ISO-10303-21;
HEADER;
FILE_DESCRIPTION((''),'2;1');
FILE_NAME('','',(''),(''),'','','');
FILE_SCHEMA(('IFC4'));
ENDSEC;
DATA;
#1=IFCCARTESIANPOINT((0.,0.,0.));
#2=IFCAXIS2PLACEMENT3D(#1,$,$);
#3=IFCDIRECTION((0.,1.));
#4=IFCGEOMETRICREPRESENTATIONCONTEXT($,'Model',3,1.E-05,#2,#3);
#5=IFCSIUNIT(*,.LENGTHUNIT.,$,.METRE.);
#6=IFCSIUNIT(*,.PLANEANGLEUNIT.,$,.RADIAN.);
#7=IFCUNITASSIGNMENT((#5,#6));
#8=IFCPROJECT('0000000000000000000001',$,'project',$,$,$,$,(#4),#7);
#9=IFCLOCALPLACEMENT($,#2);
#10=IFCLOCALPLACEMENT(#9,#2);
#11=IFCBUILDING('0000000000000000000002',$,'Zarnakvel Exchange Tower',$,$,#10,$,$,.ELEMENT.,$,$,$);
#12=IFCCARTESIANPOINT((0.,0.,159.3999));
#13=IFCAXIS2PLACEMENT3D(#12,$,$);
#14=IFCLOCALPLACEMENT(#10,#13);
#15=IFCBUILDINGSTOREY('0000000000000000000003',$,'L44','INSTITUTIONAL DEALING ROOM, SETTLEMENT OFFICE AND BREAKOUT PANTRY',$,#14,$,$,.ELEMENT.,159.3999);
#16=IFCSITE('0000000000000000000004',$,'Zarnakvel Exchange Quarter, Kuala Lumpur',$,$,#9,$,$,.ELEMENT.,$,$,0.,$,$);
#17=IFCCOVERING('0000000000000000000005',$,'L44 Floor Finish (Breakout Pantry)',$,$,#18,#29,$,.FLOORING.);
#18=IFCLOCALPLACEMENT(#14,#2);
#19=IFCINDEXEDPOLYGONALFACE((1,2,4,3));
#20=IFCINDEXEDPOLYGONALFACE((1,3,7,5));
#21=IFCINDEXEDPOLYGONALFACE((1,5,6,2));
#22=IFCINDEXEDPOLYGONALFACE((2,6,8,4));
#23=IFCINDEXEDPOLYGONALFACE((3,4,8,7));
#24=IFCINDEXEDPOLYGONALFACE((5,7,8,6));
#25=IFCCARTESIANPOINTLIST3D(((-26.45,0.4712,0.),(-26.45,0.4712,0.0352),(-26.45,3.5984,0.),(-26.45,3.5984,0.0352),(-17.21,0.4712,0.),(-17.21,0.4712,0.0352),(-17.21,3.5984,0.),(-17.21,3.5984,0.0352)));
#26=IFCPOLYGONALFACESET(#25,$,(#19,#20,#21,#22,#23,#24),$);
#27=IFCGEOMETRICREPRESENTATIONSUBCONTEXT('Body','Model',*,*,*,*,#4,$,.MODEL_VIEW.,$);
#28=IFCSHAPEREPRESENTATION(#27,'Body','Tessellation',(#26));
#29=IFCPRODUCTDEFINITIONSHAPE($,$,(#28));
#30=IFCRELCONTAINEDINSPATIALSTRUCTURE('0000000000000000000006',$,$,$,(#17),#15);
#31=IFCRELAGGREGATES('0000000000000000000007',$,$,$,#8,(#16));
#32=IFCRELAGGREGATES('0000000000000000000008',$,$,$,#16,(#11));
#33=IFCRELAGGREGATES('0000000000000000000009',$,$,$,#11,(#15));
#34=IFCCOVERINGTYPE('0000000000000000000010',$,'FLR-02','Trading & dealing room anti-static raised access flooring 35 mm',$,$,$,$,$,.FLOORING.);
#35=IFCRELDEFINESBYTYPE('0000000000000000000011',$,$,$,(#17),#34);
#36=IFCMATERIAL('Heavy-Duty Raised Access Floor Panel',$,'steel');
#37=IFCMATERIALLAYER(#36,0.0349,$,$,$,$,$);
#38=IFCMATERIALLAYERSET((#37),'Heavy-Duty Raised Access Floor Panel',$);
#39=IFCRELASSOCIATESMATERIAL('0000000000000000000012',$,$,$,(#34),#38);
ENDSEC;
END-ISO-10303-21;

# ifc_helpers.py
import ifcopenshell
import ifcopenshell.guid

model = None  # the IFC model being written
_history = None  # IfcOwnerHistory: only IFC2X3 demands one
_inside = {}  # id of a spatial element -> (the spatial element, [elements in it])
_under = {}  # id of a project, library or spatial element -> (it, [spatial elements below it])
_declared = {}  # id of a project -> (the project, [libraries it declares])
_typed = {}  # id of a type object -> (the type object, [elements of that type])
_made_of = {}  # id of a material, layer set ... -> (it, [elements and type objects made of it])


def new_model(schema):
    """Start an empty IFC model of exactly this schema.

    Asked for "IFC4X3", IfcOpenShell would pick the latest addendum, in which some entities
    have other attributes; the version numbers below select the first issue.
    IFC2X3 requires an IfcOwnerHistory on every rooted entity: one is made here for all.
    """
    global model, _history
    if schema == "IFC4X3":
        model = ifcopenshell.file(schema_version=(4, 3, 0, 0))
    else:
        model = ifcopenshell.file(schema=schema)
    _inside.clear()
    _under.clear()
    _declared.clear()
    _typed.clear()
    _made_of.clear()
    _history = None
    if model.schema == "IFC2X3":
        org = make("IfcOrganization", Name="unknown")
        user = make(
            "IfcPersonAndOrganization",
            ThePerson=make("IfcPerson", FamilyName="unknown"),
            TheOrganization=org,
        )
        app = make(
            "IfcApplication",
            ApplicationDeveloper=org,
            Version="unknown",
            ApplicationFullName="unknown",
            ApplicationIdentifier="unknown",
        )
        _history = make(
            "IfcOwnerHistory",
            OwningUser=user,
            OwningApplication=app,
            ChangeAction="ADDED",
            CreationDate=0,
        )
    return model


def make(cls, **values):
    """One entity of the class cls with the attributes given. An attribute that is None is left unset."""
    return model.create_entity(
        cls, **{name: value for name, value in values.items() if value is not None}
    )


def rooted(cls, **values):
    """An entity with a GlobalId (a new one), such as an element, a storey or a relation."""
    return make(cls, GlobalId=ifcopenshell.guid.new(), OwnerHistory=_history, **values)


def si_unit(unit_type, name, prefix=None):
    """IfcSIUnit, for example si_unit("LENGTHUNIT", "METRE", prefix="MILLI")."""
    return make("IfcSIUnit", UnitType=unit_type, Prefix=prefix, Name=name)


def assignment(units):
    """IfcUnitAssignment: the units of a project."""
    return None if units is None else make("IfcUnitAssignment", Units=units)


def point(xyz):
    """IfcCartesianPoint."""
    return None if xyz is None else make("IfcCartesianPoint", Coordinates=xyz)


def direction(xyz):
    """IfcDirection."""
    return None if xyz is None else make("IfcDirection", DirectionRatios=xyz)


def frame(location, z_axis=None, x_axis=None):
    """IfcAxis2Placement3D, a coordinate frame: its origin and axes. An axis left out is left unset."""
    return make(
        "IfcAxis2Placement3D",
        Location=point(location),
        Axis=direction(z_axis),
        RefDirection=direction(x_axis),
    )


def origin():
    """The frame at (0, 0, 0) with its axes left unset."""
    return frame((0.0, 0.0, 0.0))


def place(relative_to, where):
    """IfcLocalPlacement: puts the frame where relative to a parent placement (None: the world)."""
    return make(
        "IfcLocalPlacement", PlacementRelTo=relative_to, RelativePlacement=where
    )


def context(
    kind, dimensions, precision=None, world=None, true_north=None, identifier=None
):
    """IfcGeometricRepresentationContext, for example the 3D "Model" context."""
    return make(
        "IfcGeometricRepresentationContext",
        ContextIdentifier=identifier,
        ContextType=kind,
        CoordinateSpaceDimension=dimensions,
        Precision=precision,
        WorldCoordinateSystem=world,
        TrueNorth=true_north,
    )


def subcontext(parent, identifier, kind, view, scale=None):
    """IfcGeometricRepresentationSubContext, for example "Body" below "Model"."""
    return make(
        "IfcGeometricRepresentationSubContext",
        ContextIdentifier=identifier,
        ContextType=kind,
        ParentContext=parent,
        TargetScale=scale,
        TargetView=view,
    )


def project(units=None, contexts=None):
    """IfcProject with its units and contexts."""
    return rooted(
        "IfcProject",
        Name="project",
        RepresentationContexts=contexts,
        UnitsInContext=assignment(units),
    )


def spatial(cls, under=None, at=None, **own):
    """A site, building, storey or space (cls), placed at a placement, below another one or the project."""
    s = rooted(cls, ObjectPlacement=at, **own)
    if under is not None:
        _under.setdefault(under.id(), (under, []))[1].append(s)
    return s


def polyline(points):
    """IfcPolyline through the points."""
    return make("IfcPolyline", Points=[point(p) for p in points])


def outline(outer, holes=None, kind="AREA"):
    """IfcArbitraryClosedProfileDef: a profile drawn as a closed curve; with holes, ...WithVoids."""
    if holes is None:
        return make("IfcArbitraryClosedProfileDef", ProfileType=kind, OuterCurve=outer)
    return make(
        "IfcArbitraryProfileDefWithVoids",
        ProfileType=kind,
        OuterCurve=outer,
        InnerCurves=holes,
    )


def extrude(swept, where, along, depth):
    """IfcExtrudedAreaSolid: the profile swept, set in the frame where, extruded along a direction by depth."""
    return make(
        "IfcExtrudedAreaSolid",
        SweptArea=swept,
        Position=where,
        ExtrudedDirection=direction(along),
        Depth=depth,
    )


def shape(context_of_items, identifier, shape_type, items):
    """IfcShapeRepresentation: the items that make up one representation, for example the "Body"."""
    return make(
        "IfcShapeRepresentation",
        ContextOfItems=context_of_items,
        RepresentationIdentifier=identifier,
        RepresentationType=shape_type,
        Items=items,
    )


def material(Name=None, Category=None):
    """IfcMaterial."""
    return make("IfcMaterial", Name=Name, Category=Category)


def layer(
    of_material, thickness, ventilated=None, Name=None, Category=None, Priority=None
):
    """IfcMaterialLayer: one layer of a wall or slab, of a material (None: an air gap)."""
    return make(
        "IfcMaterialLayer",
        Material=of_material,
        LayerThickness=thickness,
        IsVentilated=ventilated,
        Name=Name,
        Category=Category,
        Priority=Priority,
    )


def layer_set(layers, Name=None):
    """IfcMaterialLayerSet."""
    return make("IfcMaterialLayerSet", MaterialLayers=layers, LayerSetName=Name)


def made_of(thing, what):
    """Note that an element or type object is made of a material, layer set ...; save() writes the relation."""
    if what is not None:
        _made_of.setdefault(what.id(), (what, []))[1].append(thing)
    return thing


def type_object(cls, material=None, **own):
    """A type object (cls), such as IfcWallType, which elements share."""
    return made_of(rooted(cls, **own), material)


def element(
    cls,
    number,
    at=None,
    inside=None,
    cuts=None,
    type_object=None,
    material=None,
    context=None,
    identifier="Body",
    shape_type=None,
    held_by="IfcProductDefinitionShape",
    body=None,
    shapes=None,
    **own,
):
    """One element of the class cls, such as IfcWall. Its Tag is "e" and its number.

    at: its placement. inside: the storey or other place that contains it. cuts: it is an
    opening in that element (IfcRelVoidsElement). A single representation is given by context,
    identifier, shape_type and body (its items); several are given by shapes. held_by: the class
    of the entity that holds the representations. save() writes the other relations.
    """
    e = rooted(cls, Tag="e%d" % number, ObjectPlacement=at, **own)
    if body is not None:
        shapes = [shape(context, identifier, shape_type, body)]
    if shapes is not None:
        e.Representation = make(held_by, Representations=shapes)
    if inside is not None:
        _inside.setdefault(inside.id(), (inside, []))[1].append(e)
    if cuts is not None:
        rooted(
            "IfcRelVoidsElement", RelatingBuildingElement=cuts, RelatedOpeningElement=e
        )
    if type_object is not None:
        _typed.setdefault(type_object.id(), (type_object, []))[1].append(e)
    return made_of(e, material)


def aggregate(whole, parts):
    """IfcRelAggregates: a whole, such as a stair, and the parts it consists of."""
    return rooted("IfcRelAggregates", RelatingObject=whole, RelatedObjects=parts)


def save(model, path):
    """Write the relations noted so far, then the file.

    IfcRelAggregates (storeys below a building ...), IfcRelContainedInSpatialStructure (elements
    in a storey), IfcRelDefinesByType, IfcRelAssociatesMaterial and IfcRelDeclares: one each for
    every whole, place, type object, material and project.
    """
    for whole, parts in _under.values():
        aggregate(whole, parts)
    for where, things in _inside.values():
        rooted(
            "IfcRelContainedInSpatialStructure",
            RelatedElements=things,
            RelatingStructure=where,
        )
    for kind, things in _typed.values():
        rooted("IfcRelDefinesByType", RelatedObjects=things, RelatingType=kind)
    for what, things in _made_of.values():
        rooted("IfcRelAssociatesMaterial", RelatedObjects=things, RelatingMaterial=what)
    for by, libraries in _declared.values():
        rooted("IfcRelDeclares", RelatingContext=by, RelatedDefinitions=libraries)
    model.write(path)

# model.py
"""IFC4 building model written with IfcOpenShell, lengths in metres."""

from ifc_helpers import new_model, si_unit, direction, frame, origin, place, context, subcontext, project, spatial, polyline, outline, extrude, material, layer, layer_set, type_object, element, save


model = new_model("IFC4")

# Units and contexts
model_context = context("Model", 3, precision=1e-05, world=origin(), true_north=direction((0.0, 1.0)))
body_context = subcontext(model_context, "Body", "Model", "MODEL_VIEW")
ifc_project = project(units=[si_unit("LENGTHUNIT", "METRE"), si_unit("PLANEANGLEUNIT", "RADIAN")], contexts=[model_context])

# Site, building, storey
site_placement = place(None, origin())
site = spatial("IfcSite", under=ifc_project, at=site_placement, Name="Zarnakvel Exchange Quarter, Kuala Lumpur", CompositionType="ELEMENT", RefElevation=0.0)
building_placement = place(site_placement, origin())
building = spatial("IfcBuilding", under=site, at=building_placement, Name="Zarnakvel Exchange Tower", CompositionType="ELEMENT")
storey_placement = place(building_placement, frame((0.0, 0.0, 159.3999)))
storey = spatial("IfcBuildingStorey", under=building, at=storey_placement, Name="L44", Description="INSTITUTIONAL DEALING ROOM, SETTLEMENT OFFICE AND BREAKOUT PANTRY", CompositionType="ELEMENT", Elevation=159.3999)

# Covering
ifc_material_1 = material(Name="Heavy-Duty Raised Access Floor Panel", Category="steel")
ifc_layer_1 = layer(ifc_material_1, 0.0349)
ifc_layer_set_1 = layer_set([ifc_layer_1], Name="Heavy-Duty Raised Access Floor Panel")
covering_type_1 = type_object("IfcCoveringType", Name="FLR-02", Description="Trading & dealing room anti-static raised access flooring 35 mm", PredefinedType="FLOORING", material=ifc_layer_set_1)
covering_1_placement = place(storey_placement, origin())
element("IfcCovering", 1, at=covering_1_placement, inside=storey, type_object=covering_type_1, Name="L44 Floor Finish (Breakout Pantry)", PredefinedType="FLOORING", context=body_context, shape_type="SweptSolid", body=[
    extrude(outline(polyline([(-26.45, 3.5984), (-17.21, 3.5984), (-17.21, 0.4712), (-26.45, 0.4712), (-26.45, 3.5984)])), origin(), (0.0, 0.0, 1.0), 0.0352),
])

save(model, "model.ifc")
